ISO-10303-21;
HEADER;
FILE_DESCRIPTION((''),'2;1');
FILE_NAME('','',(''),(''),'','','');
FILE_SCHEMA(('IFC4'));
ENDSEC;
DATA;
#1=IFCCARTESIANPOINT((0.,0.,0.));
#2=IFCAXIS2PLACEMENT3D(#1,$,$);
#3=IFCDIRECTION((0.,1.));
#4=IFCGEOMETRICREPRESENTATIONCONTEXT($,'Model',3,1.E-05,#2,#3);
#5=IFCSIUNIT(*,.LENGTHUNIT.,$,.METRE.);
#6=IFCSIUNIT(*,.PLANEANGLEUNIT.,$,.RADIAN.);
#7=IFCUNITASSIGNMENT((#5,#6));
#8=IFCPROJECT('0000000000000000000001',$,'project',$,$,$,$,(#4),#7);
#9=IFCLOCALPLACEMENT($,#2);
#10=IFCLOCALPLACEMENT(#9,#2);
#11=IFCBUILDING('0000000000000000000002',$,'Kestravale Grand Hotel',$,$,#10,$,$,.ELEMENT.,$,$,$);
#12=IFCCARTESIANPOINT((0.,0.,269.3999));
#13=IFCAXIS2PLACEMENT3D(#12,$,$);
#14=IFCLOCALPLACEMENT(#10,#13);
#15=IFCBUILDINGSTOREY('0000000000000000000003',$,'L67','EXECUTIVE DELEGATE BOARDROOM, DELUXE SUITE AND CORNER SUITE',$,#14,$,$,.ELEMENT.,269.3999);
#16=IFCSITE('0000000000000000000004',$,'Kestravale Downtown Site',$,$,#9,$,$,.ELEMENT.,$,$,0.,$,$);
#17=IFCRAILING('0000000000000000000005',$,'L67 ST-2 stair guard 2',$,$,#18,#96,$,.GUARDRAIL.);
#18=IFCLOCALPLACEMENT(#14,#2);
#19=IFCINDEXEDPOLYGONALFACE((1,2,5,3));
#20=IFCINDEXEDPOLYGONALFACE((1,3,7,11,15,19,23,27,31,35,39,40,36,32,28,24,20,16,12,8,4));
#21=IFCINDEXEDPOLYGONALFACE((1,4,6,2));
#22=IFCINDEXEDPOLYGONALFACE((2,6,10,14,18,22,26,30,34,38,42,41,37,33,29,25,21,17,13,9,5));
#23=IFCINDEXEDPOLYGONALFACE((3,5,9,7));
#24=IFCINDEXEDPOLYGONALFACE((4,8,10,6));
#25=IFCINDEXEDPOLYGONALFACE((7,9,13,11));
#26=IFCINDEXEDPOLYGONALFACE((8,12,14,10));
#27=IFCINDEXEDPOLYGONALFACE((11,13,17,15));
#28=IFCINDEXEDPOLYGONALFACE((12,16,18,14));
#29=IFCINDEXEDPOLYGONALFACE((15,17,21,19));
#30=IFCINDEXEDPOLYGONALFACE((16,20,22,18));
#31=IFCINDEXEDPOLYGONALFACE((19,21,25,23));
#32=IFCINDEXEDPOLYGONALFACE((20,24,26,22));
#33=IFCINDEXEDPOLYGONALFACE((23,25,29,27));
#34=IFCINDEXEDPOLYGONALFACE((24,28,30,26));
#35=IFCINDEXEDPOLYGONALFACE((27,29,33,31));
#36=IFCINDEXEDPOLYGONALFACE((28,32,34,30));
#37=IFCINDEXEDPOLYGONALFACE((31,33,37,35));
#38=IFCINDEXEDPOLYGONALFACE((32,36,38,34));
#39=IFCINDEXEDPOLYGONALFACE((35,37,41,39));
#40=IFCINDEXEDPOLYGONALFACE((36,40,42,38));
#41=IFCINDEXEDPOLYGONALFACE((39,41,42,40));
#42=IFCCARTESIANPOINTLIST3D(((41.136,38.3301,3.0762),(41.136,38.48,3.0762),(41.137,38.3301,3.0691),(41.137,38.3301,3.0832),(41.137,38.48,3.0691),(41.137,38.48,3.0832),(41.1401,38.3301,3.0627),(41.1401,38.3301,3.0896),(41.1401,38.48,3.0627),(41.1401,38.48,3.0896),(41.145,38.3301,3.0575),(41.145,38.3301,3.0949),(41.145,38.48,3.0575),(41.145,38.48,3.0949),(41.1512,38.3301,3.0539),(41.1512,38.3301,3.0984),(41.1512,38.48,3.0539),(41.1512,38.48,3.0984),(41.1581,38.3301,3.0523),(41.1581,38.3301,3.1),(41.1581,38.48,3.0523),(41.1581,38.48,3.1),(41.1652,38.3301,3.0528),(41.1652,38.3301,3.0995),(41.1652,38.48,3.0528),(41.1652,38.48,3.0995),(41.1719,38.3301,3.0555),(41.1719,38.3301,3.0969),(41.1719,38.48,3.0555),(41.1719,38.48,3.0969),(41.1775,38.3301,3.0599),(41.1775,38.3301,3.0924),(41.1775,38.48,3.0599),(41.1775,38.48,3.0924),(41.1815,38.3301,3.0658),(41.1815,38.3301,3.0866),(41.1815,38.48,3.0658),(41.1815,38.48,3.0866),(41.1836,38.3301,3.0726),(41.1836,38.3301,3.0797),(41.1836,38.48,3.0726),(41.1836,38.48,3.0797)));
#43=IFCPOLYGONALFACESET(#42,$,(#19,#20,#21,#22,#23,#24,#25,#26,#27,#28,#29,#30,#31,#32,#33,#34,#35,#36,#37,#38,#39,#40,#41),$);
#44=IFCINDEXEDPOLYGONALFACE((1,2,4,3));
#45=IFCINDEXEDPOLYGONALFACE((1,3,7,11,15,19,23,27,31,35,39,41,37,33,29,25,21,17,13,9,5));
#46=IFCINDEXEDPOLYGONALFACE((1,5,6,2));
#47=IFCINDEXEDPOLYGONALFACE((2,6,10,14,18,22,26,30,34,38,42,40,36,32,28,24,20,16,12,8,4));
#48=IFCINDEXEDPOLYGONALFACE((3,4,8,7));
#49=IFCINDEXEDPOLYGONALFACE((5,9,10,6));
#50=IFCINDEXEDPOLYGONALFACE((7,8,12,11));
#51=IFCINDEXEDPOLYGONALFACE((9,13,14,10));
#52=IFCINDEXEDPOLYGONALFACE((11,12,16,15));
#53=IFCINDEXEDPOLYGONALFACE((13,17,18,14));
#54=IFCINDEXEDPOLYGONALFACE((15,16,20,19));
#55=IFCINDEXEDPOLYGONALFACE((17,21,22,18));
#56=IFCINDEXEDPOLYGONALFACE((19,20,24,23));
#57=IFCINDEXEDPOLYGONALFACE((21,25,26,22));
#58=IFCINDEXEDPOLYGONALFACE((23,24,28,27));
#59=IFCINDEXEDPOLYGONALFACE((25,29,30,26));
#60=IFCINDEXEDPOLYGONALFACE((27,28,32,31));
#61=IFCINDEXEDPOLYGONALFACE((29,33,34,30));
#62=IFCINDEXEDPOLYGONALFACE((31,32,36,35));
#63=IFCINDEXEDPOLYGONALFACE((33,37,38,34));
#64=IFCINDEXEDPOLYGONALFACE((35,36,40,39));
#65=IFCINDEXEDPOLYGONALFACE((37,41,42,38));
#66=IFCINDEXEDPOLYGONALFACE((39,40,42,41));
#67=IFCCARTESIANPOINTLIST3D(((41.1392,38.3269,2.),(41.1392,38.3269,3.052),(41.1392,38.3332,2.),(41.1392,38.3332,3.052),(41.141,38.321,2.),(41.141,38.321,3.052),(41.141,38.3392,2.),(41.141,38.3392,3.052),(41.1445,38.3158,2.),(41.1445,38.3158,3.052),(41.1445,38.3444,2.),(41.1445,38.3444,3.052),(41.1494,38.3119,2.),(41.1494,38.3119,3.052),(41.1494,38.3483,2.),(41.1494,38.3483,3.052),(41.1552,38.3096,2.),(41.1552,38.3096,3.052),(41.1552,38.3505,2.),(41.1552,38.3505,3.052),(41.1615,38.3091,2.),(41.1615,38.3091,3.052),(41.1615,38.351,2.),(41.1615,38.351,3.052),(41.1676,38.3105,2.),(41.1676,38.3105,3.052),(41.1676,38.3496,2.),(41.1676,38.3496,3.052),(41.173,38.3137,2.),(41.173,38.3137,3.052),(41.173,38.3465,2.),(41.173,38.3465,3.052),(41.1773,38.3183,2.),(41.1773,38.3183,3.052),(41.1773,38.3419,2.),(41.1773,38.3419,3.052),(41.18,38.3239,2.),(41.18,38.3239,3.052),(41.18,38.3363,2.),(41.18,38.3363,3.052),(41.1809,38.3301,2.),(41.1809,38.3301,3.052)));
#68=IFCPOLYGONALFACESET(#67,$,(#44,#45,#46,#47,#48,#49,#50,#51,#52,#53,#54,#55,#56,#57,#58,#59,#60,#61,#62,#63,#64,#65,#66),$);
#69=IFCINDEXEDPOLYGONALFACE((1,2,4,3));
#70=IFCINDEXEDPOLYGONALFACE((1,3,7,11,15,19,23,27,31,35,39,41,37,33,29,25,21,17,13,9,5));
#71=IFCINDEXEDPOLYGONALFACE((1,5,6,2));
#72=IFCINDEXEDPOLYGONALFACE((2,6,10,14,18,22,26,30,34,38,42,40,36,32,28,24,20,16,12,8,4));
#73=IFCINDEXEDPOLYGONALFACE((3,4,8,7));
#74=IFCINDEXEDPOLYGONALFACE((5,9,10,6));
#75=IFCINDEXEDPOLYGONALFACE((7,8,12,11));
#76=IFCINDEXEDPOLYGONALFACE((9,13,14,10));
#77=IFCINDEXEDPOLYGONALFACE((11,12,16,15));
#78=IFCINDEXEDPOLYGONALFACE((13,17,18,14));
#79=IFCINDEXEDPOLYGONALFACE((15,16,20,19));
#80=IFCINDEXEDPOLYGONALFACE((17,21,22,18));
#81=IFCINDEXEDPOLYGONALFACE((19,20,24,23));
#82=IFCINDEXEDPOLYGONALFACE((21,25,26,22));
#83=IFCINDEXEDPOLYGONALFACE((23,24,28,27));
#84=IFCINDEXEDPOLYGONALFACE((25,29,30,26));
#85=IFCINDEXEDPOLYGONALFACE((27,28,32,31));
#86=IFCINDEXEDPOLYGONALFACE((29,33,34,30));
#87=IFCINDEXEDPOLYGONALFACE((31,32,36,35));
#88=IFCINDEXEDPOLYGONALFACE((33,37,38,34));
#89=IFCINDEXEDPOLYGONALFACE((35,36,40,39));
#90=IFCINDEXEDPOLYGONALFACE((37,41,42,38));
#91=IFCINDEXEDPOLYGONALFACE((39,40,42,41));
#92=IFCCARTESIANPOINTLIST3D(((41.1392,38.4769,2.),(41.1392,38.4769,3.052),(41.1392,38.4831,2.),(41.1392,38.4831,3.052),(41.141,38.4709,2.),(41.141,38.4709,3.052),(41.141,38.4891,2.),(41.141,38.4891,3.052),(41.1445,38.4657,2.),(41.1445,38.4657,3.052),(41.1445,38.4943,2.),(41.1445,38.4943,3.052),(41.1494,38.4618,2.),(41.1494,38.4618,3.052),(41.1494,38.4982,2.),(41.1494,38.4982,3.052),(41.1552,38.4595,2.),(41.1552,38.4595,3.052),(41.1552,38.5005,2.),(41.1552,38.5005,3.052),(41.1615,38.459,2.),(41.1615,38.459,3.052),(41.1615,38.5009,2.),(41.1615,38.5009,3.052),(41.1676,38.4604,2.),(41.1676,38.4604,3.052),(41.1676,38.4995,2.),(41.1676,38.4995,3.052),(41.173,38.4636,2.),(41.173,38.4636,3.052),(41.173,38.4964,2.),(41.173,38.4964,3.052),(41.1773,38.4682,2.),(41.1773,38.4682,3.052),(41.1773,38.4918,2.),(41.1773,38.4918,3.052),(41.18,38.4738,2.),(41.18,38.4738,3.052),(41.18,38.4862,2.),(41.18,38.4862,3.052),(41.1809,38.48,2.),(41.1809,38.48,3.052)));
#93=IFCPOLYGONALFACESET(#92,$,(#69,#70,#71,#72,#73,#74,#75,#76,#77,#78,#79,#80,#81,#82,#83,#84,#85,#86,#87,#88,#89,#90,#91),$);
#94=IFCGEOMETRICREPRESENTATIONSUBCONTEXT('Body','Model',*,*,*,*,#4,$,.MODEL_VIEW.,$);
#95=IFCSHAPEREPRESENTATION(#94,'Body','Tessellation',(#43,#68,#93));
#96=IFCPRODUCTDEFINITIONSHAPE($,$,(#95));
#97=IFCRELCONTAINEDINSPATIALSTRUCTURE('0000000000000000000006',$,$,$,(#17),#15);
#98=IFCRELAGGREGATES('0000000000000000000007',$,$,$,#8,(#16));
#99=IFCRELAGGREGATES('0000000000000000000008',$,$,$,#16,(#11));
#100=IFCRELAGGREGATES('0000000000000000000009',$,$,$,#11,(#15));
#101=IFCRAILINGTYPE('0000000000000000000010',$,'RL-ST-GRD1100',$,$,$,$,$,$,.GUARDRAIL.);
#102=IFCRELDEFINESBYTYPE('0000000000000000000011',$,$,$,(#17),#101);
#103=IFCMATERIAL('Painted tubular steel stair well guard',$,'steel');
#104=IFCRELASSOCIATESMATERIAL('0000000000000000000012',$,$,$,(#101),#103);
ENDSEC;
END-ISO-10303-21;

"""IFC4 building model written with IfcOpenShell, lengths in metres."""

from ifc_helpers import new_model, si_unit, direction, frame, origin, origin_2d, place, context, subcontext, project, spatial, circle, extrude, material, type_object, element, save


model = new_model("IFC4")

# Units and contexts
model_context = context("Model", 3, precision=1e-05, world=origin(), true_north=direction((0.0, 1.0)))
body_context = subcontext(model_context, "Body", "Model", "MODEL_VIEW")
ifc_project = project(units=[si_unit("LENGTHUNIT", "METRE"), si_unit("PLANEANGLEUNIT", "RADIAN")], contexts=[model_context])

# Site, building, storey
site_placement = place(None, origin())
site = spatial("IfcSite", under=ifc_project, at=site_placement, Name="Kestravale Downtown Site", CompositionType="ELEMENT", RefElevation=0.0)
building_placement = place(site_placement, origin())
building = spatial("IfcBuilding", under=site, at=building_placement, Name="Kestravale Grand Hotel", CompositionType="ELEMENT")
storey_placement = place(building_placement, frame((0.0, 0.0, 269.3999)))
storey = spatial("IfcBuildingStorey", under=building, at=storey_placement, Name="L67", Description="EXECUTIVE DELEGATE BOARDROOM, DELUXE SUITE AND CORNER SUITE", CompositionType="ELEMENT", Elevation=269.3999)

# Railing
ifc_material_1 = material(Name="Painted tubular steel stair well guard", Category="steel")
railing_type_1 = type_object("IfcRailingType", Name="RL-ST-GRD1100", PredefinedType="GUARDRAIL", material=ifc_material_1)
railing_1_placement = place(storey_placement, frame((41.1599, 38.3301, 2.0)))
element("IfcRailing", 1, at=railing_1_placement, inside=storey, type_object=railing_type_1, Name="L67 ST-2 stair guard 2", PredefinedType="GUARDRAIL", context=body_context, shape_type="SweptSolid", body=[
    extrude(circle(Radius=0.0239, at=origin_2d()), frame((0.0, 0.0, 1.0762), z_axis=(0.0, 1.0, 0.0), x_axis=(-1.0, 0.0, 0.0)), (0.0, 0.0, 1.0), 0.1499),
    extrude(circle(Radius=0.021, at=origin_2d()), origin(), (0.0, 0.0, 1.0), 1.052),
    extrude(circle(Radius=0.021, at=origin_2d()), frame((0.0, 0.1499, 0.0)), (0.0, 0.0, 1.0), 1.052),
])

save(model, "model.ifc")
